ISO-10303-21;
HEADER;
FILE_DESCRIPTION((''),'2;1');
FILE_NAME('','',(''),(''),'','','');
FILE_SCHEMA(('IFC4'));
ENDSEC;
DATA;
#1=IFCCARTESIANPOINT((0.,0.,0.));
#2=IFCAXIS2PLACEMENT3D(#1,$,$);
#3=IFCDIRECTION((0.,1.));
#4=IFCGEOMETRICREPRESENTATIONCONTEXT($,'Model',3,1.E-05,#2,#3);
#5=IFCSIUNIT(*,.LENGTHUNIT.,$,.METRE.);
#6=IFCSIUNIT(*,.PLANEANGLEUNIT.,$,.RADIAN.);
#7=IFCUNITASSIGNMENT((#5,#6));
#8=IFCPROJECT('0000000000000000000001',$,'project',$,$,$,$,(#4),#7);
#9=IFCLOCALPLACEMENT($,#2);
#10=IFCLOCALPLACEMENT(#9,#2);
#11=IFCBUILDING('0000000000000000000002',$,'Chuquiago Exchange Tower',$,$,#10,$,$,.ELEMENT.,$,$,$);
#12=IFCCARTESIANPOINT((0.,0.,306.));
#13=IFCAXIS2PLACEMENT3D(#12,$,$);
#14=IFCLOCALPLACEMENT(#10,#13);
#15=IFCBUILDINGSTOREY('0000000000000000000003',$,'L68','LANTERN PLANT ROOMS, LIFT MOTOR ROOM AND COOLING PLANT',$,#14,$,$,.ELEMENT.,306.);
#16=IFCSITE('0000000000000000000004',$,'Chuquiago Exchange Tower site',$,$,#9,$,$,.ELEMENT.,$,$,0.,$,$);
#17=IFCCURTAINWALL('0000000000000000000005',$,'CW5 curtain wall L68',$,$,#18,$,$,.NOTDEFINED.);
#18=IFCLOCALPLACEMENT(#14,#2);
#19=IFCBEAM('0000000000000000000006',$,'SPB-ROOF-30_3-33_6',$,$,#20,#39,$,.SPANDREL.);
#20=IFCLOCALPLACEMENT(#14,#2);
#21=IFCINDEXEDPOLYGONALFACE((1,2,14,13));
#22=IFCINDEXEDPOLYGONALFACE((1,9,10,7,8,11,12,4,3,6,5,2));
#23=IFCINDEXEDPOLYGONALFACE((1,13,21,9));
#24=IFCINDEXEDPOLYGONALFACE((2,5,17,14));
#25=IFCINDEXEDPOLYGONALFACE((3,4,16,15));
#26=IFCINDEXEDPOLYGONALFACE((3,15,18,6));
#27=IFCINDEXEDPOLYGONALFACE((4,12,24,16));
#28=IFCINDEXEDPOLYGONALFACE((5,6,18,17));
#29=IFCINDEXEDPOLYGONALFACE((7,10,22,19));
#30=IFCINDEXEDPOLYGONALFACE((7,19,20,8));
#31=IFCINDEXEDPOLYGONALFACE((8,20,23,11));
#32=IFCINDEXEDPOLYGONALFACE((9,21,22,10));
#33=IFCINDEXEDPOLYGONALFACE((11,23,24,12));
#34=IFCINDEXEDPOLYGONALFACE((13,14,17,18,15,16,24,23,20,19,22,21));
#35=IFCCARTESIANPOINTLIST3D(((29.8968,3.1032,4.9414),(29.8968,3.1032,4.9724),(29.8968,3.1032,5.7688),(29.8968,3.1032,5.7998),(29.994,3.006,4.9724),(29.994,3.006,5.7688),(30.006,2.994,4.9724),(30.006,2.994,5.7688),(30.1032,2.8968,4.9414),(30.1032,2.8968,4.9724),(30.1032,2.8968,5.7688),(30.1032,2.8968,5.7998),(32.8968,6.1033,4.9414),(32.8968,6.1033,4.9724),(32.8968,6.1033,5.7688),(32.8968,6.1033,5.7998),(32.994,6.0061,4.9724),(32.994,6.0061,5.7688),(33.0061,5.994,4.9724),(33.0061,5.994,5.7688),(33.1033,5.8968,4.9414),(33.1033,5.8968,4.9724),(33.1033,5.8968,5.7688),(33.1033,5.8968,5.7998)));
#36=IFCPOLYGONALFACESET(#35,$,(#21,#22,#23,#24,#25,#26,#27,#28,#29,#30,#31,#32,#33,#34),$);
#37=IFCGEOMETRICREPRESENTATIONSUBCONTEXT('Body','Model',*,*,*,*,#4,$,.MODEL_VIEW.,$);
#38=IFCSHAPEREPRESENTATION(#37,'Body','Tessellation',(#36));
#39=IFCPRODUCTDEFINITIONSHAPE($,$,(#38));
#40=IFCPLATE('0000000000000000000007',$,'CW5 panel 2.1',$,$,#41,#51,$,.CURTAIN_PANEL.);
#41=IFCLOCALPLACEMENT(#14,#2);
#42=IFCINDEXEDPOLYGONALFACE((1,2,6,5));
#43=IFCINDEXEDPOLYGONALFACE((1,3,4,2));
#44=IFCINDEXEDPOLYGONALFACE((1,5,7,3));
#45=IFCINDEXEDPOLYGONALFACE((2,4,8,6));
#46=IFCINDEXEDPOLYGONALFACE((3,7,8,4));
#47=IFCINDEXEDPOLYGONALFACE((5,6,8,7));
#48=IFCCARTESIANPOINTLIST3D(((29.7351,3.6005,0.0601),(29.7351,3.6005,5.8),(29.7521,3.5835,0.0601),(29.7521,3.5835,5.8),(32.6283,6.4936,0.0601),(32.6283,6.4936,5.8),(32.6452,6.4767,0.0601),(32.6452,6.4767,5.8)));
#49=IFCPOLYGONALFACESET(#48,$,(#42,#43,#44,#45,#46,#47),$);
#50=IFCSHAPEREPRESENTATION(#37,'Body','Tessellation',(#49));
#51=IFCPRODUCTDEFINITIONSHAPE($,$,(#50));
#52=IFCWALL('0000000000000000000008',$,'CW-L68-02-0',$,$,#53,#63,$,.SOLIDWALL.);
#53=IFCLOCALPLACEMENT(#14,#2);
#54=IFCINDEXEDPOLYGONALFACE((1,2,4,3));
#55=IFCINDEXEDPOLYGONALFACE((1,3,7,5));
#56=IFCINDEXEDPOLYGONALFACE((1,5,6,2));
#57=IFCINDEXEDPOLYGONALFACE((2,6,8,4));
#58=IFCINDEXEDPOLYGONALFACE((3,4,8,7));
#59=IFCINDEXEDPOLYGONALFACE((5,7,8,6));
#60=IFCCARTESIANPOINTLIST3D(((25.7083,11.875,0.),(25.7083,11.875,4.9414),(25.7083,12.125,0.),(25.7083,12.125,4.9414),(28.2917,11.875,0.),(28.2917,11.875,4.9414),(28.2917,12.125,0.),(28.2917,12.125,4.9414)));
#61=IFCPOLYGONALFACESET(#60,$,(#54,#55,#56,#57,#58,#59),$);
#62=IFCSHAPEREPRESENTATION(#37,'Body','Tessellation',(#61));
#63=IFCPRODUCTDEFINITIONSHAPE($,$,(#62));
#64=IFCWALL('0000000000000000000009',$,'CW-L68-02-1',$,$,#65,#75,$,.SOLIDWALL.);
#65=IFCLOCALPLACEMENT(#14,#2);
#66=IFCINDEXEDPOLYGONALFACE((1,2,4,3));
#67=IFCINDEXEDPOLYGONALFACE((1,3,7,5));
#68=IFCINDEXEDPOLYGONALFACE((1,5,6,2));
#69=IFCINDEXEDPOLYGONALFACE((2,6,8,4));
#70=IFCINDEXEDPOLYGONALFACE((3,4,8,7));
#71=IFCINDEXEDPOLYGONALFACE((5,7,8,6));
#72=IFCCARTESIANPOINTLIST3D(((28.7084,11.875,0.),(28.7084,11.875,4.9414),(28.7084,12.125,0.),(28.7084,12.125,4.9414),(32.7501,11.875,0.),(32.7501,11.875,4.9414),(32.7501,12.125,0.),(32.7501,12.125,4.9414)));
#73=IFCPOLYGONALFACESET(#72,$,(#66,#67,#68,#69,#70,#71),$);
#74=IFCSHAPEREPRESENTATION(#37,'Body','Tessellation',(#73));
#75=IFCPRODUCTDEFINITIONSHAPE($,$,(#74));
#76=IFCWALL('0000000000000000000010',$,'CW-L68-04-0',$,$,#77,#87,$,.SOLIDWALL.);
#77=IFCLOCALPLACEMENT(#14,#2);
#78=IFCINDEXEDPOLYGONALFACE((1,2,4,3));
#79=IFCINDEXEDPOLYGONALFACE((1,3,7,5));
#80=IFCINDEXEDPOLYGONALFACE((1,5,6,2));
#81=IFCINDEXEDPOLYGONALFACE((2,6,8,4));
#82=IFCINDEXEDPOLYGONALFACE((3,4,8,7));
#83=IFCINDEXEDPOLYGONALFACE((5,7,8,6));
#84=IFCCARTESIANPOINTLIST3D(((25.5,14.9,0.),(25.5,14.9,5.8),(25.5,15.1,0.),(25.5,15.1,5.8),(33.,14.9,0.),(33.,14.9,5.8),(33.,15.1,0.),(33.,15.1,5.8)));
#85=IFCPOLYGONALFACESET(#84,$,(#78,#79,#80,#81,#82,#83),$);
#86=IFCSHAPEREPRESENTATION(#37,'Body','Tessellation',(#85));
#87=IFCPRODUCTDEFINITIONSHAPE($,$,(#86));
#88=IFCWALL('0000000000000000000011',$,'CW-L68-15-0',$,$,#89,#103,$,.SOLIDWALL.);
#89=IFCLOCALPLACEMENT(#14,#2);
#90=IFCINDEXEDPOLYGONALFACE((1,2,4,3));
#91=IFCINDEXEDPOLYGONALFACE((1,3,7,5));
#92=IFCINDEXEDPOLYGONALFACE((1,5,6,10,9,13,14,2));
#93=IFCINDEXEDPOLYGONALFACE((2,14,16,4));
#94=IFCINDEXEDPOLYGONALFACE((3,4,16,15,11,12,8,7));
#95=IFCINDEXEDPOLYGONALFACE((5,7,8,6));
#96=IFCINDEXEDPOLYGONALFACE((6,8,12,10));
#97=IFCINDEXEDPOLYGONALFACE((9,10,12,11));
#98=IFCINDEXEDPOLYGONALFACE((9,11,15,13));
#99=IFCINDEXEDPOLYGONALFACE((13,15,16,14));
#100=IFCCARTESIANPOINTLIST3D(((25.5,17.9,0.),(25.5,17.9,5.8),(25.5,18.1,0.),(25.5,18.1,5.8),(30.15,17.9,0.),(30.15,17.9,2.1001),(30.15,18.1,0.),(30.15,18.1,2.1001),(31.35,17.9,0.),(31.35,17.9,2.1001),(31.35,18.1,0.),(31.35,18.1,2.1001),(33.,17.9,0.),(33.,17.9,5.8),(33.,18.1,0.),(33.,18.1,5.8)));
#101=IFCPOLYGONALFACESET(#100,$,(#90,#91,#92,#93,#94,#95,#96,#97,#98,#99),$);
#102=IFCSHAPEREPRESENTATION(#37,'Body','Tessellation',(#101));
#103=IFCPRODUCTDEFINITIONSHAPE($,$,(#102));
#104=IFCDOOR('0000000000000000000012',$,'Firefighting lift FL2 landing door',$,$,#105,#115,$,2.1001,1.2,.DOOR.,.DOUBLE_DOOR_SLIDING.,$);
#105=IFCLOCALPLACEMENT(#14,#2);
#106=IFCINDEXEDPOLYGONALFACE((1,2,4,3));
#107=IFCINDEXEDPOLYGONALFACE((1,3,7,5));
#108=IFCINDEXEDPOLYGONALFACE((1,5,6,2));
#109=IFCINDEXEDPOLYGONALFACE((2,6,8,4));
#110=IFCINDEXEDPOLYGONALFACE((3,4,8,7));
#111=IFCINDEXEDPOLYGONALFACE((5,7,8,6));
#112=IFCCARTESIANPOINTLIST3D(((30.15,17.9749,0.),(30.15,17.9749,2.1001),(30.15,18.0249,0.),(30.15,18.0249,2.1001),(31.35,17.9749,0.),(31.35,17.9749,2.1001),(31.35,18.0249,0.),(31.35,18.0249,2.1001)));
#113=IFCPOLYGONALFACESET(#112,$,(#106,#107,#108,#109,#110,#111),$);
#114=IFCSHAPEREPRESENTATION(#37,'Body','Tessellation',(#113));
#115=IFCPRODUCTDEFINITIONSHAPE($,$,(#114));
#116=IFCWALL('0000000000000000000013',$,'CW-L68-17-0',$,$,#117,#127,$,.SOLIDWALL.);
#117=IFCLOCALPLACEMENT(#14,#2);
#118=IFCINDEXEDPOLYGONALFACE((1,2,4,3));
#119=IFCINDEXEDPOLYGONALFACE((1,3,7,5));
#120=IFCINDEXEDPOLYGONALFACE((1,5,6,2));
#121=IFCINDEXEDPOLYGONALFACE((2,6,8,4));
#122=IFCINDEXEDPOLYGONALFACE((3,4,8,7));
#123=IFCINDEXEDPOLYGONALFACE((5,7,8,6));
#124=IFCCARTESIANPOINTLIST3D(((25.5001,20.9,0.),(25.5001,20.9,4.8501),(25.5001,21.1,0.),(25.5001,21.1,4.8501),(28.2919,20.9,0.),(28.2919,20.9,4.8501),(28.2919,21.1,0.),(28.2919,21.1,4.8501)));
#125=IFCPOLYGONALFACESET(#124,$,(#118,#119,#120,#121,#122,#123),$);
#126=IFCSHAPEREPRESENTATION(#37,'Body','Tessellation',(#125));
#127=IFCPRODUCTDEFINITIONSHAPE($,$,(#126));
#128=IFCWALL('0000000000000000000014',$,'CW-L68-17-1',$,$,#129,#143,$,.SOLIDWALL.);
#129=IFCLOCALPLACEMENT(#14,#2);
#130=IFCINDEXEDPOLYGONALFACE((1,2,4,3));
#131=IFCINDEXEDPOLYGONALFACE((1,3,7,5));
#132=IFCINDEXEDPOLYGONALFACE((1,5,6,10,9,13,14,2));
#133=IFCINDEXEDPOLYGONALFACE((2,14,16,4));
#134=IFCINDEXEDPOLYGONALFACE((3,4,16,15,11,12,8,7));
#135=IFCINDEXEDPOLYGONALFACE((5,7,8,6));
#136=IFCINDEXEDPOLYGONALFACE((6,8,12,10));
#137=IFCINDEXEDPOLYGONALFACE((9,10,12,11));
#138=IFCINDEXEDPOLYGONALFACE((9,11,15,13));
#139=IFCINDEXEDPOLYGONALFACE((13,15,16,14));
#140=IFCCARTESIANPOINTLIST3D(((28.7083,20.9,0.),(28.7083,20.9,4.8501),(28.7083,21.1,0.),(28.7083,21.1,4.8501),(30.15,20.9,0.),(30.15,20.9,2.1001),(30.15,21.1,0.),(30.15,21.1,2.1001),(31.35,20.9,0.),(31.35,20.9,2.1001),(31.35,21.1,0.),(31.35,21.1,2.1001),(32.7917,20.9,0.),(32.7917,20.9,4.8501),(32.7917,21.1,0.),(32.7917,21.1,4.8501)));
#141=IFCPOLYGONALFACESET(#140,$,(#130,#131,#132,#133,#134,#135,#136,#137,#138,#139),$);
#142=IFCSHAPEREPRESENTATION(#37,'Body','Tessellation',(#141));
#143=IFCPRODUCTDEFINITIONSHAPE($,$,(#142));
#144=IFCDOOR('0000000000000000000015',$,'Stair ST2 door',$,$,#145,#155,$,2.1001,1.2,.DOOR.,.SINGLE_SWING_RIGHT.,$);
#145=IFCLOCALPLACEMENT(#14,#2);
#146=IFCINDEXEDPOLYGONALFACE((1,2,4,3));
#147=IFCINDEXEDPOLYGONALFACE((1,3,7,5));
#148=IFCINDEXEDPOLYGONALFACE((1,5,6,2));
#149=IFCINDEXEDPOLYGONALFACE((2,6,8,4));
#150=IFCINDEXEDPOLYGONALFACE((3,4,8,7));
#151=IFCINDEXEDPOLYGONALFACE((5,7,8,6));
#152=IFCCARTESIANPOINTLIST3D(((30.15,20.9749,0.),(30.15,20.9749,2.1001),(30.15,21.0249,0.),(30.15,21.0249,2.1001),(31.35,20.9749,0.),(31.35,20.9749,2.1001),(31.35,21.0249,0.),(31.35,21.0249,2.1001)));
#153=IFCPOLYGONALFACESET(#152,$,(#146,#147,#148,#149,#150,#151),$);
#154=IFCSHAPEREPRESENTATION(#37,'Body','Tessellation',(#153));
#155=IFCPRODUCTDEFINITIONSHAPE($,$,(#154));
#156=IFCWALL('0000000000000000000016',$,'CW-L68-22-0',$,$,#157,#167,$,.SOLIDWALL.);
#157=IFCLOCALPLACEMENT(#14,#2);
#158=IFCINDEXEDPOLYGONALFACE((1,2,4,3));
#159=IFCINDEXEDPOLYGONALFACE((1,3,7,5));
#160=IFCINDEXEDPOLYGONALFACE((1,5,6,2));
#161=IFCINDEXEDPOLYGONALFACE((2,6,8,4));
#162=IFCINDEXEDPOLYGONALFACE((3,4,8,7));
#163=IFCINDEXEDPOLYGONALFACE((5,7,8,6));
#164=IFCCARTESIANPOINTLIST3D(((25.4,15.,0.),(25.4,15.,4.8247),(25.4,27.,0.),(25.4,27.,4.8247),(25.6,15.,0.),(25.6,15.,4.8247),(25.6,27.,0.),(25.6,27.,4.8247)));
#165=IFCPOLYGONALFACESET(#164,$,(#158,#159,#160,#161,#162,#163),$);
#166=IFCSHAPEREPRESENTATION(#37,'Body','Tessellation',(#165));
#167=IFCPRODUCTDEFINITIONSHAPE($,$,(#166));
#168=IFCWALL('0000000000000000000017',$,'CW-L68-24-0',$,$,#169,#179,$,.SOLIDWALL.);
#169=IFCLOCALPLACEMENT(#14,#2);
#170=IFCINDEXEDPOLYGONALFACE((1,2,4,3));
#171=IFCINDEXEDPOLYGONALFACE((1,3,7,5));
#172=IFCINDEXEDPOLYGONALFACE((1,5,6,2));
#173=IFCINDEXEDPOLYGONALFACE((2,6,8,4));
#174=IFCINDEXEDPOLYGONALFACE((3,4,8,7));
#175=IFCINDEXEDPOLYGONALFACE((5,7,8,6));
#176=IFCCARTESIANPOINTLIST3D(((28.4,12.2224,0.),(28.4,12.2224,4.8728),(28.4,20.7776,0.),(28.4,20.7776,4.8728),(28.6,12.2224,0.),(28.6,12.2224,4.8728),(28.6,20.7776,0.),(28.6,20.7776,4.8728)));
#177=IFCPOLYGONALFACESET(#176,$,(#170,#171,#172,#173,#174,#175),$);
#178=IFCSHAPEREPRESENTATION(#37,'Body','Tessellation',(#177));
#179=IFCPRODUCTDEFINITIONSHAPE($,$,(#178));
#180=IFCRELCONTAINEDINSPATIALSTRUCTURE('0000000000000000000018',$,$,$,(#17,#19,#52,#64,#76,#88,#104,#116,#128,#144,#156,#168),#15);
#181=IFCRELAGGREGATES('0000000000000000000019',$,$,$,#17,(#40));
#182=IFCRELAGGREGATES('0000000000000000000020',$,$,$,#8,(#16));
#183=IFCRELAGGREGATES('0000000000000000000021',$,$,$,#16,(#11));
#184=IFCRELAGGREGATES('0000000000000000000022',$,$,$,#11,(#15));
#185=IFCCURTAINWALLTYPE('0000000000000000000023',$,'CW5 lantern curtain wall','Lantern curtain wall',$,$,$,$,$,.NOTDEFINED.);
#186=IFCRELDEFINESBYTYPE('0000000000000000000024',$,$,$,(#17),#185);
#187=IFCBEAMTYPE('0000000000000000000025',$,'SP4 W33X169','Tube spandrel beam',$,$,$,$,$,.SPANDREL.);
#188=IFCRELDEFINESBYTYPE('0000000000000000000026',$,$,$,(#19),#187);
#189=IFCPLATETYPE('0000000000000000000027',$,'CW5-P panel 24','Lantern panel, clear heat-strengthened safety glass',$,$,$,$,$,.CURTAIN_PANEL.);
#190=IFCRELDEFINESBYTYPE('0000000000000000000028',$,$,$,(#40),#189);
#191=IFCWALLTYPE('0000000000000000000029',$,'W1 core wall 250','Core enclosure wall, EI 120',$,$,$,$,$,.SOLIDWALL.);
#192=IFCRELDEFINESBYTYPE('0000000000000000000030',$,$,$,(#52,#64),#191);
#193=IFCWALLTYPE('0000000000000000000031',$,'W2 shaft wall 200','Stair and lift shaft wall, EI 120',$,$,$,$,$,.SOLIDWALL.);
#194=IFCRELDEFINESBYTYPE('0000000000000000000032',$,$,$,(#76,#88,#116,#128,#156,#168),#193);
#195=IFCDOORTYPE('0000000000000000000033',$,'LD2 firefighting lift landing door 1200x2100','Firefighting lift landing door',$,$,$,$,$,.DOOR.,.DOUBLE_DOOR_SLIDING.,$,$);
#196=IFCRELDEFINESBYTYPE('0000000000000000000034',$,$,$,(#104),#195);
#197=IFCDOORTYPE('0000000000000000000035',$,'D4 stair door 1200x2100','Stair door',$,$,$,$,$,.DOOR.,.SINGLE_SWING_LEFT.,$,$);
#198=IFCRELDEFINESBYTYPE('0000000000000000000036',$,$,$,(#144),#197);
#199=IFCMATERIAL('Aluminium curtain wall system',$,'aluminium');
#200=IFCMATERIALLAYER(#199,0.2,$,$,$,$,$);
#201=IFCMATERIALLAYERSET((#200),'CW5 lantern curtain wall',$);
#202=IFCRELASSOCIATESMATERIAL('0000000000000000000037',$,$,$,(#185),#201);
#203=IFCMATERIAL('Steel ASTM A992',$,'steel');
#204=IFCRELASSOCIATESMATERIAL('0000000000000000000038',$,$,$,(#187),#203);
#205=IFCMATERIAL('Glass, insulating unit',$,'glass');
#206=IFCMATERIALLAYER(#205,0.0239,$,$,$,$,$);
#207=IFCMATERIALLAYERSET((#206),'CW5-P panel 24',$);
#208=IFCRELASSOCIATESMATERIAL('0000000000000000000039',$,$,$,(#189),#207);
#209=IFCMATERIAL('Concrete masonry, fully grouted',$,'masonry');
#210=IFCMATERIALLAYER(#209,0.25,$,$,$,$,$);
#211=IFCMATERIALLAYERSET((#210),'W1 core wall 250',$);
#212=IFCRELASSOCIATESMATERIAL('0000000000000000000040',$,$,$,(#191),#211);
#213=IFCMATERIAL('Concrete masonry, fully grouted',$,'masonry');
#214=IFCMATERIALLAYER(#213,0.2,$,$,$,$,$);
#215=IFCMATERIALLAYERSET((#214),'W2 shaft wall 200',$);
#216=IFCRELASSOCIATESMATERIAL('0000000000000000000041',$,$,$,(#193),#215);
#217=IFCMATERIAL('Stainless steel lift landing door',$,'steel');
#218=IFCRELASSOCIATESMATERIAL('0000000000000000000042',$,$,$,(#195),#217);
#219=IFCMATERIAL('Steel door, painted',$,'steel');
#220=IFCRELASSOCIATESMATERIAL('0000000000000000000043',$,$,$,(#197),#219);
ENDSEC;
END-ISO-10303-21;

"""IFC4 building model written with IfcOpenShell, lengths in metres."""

from ifc_helpers import new_model, si_unit, direction, frame, frame_2d, origin, origin_2d, place, context, subcontext, project, spatial, rectangle, i_section, extrude, material, layer, layer_set, material_profile, profile_set, type_object, element, fill, aggregate, save


model = new_model("IFC4")

# Units and contexts
model_context = context("Model", 3, precision=1e-05, world=origin(), true_north=direction((0.0, 1.0)))
body_context = subcontext(model_context, "Body", "Model", "MODEL_VIEW")
ifc_project = project(units=[si_unit("LENGTHUNIT", "METRE"), si_unit("PLANEANGLEUNIT", "RADIAN")], contexts=[model_context])

# Site, building, storey
site_placement = place(None, origin())
site = spatial("IfcSite", under=ifc_project, at=site_placement, Name="Chuquiago Exchange Tower site", CompositionType="ELEMENT", RefElevation=0.0)
building_placement = place(site_placement, origin())
building = spatial("IfcBuilding", under=site, at=building_placement, Name="Chuquiago Exchange Tower", CompositionType="ELEMENT")
storey_placement = place(building_placement, frame((0.0, 0.0, 306.0)))
storey = spatial("IfcBuildingStorey", under=building, at=storey_placement, Name="L68", Description="LANTERN PLANT ROOMS, LIFT MOTOR ROOM AND COOLING PLANT", CompositionType="ELEMENT", Elevation=306.0)

# Curtain wall
ifc_material_1 = material(Name="Aluminium curtain wall system", Category="aluminium")
ifc_layer_1 = layer(ifc_material_1, 0.2)
ifc_layer_set_1 = layer_set([ifc_layer_1], Name="CW5 lantern curtain wall")
curtain_wall_type = type_object("IfcCurtainWallType", Name="CW5 lantern curtain wall", Description="Lantern curtain wall", PredefinedType="NOTDEFINED", material=ifc_layer_set_1)
curtain_wall_placement = place(storey_placement, origin())
curtain_wall = element("IfcCurtainWall", 1, at=curtain_wall_placement, inside=storey, type_object=curtain_wall_type, Name="CW5 curtain wall L68", PredefinedType="NOTDEFINED")

# Beam
ifc_material_2 = material(Name="Steel ASTM A992", Category="steel")
ifc_material_profile_1 = material_profile(ifc_material_2, i_section(OverallWidth=0.292, OverallDepth=0.8584, WebThickness=0.0171, FlangeThickness=0.031, at=origin_2d()), Name="W33X169")
ifc_profile_set_1 = profile_set([ifc_material_profile_1], Name="Steel ASTM A992")
beam_type_1 = type_object("IfcBeamType", Name="SP4 W33X169", Description="Tube spandrel beam", PredefinedType="SPANDREL", material=ifc_profile_set_1)
beam_1_placement = place(storey_placement, frame((30.0, 3.0, 5.3706), z_axis=(0.707107, 0.707107, 0.0), x_axis=(-0.707107, 0.707107, 0.0)))
element("IfcBeam", 2, at=beam_1_placement, inside=storey, type_object=beam_type_1, Name="SPB-ROOF-30_3-33_6", PredefinedType="SPANDREL", context=body_context, shape_type="SweptSolid", body=[
    extrude(i_section(OverallWidth=0.292, OverallDepth=0.8584, WebThickness=0.0171, FlangeThickness=0.031, at=origin_2d()), origin(), (0.0, 0.0, 1.0), 4.2427),
])

# Plate
ifc_material_3 = material(Name="Glass, insulating unit", Category="glass")
ifc_layer_2 = layer(ifc_material_3, 0.0239)
ifc_layer_set_2 = layer_set([ifc_layer_2], Name="CW5-P panel 24")
plate_type = type_object("IfcPlateType", Name="CW5-P panel 24", Description="Lantern panel, clear heat-strengthened safety glass", PredefinedType="CURTAIN_PANEL", material=ifc_layer_set_2)
plate_placement = place(storey_placement, frame((31.1902, 5.0386, 0.0601), z_axis=(0.0, 0.0, 1.0), x_axis=(0.707109, 0.707105, 0.0)))
plate = element("IfcPlate", 3, at=plate_placement, type_object=plate_type, Name="CW5 panel 2.1", PredefinedType="CURTAIN_PANEL", context=body_context, shape_type="SweptSolid", body=[
    extrude(rectangle(XDim=4.0916, YDim=0.0239, at=origin_2d()), origin(), (0.0, 0.0, 1.0), 5.74),
])
aggregate(curtain_wall, [plate])

# Walls
ifc_material_4 = material(Name="Concrete masonry, fully grouted", Category="masonry")
ifc_layer_3 = layer(ifc_material_4, 0.25)
ifc_layer_set_3 = layer_set([ifc_layer_3], Name="W1 core wall 250")
wall_type_1 = type_object("IfcWallType", Name="W1 core wall 250", Description="Core enclosure wall, EI 120", PredefinedType="SOLIDWALL", material=ifc_layer_set_3)
wall_1_placement = place(storey_placement, frame((25.7083, 12.0, 0.0), z_axis=(0.0, 0.0, 1.0), x_axis=(1.0, 0.0, 0.0)))
element("IfcWall", 4, at=wall_1_placement, inside=storey, type_object=wall_type_1, Name="CW-L68-02-0", PredefinedType="SOLIDWALL", context=body_context, shape_type="SweptSolid", body=[
    extrude(rectangle(XDim=2.5835, YDim=0.25, at=frame_2d((1.2917, 0.0))), origin(), (0.0, 0.0, 1.0), 4.9414),
])
wall_2_placement = place(storey_placement, frame((28.7083, 12.0, 0.0), z_axis=(0.0, 0.0, 1.0), x_axis=(1.0, 0.0, 0.0)))
element("IfcWall", 5, at=wall_2_placement, inside=storey, type_object=wall_type_1, Name="CW-L68-02-1", PredefinedType="SOLIDWALL", context=body_context, shape_type="SweptSolid", body=[
    extrude(rectangle(XDim=4.0417, YDim=0.25, at=frame_2d((2.021, 0.0))), origin(), (0.0, 0.0, 1.0), 4.9414),
])
ifc_material_5 = material(Name="Concrete masonry, fully grouted", Category="masonry")
ifc_layer_4 = layer(ifc_material_5, 0.2)
ifc_layer_set_4 = layer_set([ifc_layer_4], Name="W2 shaft wall 200")
wall_type_2 = type_object("IfcWallType", Name="W2 shaft wall 200", Description="Stair and lift shaft wall, EI 120", PredefinedType="SOLIDWALL", material=ifc_layer_set_4)
wall_3_placement = place(storey_placement, frame((25.5, 15.0, 0.0), z_axis=(0.0, 0.0, 1.0), x_axis=(1.0, 0.0, 0.0)))
element("IfcWall", 6, at=wall_3_placement, inside=storey, type_object=wall_type_2, Name="CW-L68-04-0", PredefinedType="SOLIDWALL", context=body_context, shape_type="SweptSolid", body=[
    extrude(rectangle(XDim=7.5, YDim=0.2, at=frame_2d((3.75, 0.0))), origin(), (0.0, 0.0, 1.0), 5.8),
])

# Wall, opening, door
wall_4_placement = place(storey_placement, frame((25.5, 18.0, 0.0), z_axis=(0.0, 0.0, 1.0), x_axis=(1.0, 0.0, 0.0)))
wall_4 = element("IfcWall", 7, at=wall_4_placement, inside=storey, type_object=wall_type_2, Name="CW-L68-15-0", PredefinedType="SOLIDWALL", context=body_context, shape_type="SweptSolid", body=[
    extrude(rectangle(XDim=7.5, YDim=0.2, at=frame_2d((3.75, 0.0))), origin(), (0.0, 0.0, 1.0), 5.8),
])
opening_1_placement = place(wall_4_placement, frame((4.6499, 0.0, 0.0)))
opening_1 = element("IfcOpeningElement", 8, at=opening_1_placement, cuts=wall_4, PredefinedType="OPENING", context=body_context, shape_type="SweptSolid", body=[
    extrude(rectangle(XDim=1.2, YDim=2.1001, at=frame_2d((0.6001, 1.05))), frame((0.0, 0.1099, 0.0), z_axis=(0.0, -1.0, 0.0), x_axis=(1.0, 0.0, 0.0)), (0.0, 0.0, 1.0), 0.22),
])
ifc_material_6 = material(Name="Stainless steel lift landing door", Category="steel")
door_type_1 = type_object("IfcDoorType", Name="LD2 firefighting lift landing door 1200x2100", Description="Firefighting lift landing door", OperationType="DOUBLE_DOOR_SLIDING", PredefinedType="DOOR", material=ifc_material_6)
door_1_placement = place(opening_1_placement, origin())
door_1 = element("IfcDoor", 9, at=door_1_placement, inside=storey, type_object=door_type_1, Name="Firefighting lift FL2 landing door", OperationType="DOUBLE_DOOR_SLIDING", OverallHeight=2.1001, OverallWidth=1.2, PredefinedType="DOOR", context=body_context, shape_type="SweptSolid", body=[
    extrude(rectangle(XDim=1.2, YDim=2.1001, at=frame_2d((0.6001, 1.05))), frame((0.0, 0.0249, 0.0), z_axis=(0.0, -1.0, 0.0), x_axis=(1.0, 0.0, 0.0)), (0.0, 0.0, 1.0), 0.05),
])
fill(opening_1, door_1)

# Wall
wall_5_placement = place(storey_placement, frame((25.5, 21.0, 0.0), z_axis=(0.0, 0.0, 1.0), x_axis=(1.0, 0.0, 0.0)))
element("IfcWall", 10, at=wall_5_placement, inside=storey, type_object=wall_type_2, Name="CW-L68-17-0", PredefinedType="SOLIDWALL", context=body_context, shape_type="SweptSolid", body=[
    extrude(rectangle(XDim=2.7917, YDim=0.2, at=frame_2d((1.396, 0.0))), origin(), (0.0, 0.0, 1.0), 4.8501),
])

# Wall, opening, door
wall_6_placement = place(storey_placement, frame((28.7083, 21.0, 0.0), z_axis=(0.0, 0.0, 1.0), x_axis=(1.0, 0.0, 0.0)))
wall_6 = element("IfcWall", 11, at=wall_6_placement, inside=storey, type_object=wall_type_2, Name="CW-L68-17-1", PredefinedType="SOLIDWALL", context=body_context, shape_type="SweptSolid", body=[
    extrude(rectangle(XDim=4.0835, YDim=0.2, at=frame_2d((2.0417, 0.0))), origin(), (0.0, 0.0, 1.0), 4.8501),
])
opening_2_placement = place(wall_6_placement, frame((1.4417, 0.0, 0.0)))
opening_2 = element("IfcOpeningElement", 12, at=opening_2_placement, cuts=wall_6, PredefinedType="OPENING", context=body_context, shape_type="SweptSolid", body=[
    extrude(rectangle(XDim=1.2, YDim=2.1001, at=frame_2d((0.6001, 1.05))), frame((0.0, 0.1099, 0.0), z_axis=(0.0, -1.0, 0.0), x_axis=(1.0, 0.0, 0.0)), (0.0, 0.0, 1.0), 0.22),
])
ifc_material_7 = material(Name="Steel door, painted", Category="steel")
door_type_2 = type_object("IfcDoorType", Name="D4 stair door 1200x2100", Description="Stair door", OperationType="SINGLE_SWING_LEFT", PredefinedType="DOOR", material=ifc_material_7)
door_2_placement = place(opening_2_placement, origin())
door_2 = element("IfcDoor", 13, at=door_2_placement, inside=storey, type_object=door_type_2, Name="Stair ST2 door", OperationType="SINGLE_SWING_RIGHT", OverallHeight=2.1001, OverallWidth=1.2, PredefinedType="DOOR", context=body_context, shape_type="SweptSolid", body=[
    extrude(rectangle(XDim=1.2, YDim=2.1001, at=frame_2d((0.6001, 1.05))), frame((0.0, 0.0249, 0.0), z_axis=(0.0, -1.0, 0.0), x_axis=(1.0, 0.0, 0.0)), (0.0, 0.0, 1.0), 0.05),
])
fill(opening_2, door_2)

# Walls
wall_7_placement = place(storey_placement, frame((25.5, 15.0, 0.0), z_axis=(0.0, 0.0, 1.0), x_axis=(0.0, 1.0, 0.0)))
element("IfcWall", 14, at=wall_7_placement, inside=storey, type_object=wall_type_2, Name="CW-L68-22-0", PredefinedType="SOLIDWALL", context=body_context, shape_type="SweptSolid", body=[
    extrude(rectangle(XDim=12.0, YDim=0.2, at=frame_2d((6.0, 0.0))), origin(), (0.0, 0.0, 1.0), 4.8247),
])
wall_8_placement = place(storey_placement, frame((28.5, 12.2224, 0.0), z_axis=(0.0, 0.0, 1.0), x_axis=(0.0, 1.0, 0.0)))
element("IfcWall", 15, at=wall_8_placement, inside=storey, type_object=wall_type_2, Name="CW-L68-24-0", PredefinedType="SOLIDWALL", context=body_context, shape_type="SweptSolid", body=[
    extrude(rectangle(XDim=8.5552, YDim=0.2, at=frame_2d((4.2776, 0.0))), origin(), (0.0, 0.0, 1.0), 4.8728),
])

save(model, "model.ifc")
